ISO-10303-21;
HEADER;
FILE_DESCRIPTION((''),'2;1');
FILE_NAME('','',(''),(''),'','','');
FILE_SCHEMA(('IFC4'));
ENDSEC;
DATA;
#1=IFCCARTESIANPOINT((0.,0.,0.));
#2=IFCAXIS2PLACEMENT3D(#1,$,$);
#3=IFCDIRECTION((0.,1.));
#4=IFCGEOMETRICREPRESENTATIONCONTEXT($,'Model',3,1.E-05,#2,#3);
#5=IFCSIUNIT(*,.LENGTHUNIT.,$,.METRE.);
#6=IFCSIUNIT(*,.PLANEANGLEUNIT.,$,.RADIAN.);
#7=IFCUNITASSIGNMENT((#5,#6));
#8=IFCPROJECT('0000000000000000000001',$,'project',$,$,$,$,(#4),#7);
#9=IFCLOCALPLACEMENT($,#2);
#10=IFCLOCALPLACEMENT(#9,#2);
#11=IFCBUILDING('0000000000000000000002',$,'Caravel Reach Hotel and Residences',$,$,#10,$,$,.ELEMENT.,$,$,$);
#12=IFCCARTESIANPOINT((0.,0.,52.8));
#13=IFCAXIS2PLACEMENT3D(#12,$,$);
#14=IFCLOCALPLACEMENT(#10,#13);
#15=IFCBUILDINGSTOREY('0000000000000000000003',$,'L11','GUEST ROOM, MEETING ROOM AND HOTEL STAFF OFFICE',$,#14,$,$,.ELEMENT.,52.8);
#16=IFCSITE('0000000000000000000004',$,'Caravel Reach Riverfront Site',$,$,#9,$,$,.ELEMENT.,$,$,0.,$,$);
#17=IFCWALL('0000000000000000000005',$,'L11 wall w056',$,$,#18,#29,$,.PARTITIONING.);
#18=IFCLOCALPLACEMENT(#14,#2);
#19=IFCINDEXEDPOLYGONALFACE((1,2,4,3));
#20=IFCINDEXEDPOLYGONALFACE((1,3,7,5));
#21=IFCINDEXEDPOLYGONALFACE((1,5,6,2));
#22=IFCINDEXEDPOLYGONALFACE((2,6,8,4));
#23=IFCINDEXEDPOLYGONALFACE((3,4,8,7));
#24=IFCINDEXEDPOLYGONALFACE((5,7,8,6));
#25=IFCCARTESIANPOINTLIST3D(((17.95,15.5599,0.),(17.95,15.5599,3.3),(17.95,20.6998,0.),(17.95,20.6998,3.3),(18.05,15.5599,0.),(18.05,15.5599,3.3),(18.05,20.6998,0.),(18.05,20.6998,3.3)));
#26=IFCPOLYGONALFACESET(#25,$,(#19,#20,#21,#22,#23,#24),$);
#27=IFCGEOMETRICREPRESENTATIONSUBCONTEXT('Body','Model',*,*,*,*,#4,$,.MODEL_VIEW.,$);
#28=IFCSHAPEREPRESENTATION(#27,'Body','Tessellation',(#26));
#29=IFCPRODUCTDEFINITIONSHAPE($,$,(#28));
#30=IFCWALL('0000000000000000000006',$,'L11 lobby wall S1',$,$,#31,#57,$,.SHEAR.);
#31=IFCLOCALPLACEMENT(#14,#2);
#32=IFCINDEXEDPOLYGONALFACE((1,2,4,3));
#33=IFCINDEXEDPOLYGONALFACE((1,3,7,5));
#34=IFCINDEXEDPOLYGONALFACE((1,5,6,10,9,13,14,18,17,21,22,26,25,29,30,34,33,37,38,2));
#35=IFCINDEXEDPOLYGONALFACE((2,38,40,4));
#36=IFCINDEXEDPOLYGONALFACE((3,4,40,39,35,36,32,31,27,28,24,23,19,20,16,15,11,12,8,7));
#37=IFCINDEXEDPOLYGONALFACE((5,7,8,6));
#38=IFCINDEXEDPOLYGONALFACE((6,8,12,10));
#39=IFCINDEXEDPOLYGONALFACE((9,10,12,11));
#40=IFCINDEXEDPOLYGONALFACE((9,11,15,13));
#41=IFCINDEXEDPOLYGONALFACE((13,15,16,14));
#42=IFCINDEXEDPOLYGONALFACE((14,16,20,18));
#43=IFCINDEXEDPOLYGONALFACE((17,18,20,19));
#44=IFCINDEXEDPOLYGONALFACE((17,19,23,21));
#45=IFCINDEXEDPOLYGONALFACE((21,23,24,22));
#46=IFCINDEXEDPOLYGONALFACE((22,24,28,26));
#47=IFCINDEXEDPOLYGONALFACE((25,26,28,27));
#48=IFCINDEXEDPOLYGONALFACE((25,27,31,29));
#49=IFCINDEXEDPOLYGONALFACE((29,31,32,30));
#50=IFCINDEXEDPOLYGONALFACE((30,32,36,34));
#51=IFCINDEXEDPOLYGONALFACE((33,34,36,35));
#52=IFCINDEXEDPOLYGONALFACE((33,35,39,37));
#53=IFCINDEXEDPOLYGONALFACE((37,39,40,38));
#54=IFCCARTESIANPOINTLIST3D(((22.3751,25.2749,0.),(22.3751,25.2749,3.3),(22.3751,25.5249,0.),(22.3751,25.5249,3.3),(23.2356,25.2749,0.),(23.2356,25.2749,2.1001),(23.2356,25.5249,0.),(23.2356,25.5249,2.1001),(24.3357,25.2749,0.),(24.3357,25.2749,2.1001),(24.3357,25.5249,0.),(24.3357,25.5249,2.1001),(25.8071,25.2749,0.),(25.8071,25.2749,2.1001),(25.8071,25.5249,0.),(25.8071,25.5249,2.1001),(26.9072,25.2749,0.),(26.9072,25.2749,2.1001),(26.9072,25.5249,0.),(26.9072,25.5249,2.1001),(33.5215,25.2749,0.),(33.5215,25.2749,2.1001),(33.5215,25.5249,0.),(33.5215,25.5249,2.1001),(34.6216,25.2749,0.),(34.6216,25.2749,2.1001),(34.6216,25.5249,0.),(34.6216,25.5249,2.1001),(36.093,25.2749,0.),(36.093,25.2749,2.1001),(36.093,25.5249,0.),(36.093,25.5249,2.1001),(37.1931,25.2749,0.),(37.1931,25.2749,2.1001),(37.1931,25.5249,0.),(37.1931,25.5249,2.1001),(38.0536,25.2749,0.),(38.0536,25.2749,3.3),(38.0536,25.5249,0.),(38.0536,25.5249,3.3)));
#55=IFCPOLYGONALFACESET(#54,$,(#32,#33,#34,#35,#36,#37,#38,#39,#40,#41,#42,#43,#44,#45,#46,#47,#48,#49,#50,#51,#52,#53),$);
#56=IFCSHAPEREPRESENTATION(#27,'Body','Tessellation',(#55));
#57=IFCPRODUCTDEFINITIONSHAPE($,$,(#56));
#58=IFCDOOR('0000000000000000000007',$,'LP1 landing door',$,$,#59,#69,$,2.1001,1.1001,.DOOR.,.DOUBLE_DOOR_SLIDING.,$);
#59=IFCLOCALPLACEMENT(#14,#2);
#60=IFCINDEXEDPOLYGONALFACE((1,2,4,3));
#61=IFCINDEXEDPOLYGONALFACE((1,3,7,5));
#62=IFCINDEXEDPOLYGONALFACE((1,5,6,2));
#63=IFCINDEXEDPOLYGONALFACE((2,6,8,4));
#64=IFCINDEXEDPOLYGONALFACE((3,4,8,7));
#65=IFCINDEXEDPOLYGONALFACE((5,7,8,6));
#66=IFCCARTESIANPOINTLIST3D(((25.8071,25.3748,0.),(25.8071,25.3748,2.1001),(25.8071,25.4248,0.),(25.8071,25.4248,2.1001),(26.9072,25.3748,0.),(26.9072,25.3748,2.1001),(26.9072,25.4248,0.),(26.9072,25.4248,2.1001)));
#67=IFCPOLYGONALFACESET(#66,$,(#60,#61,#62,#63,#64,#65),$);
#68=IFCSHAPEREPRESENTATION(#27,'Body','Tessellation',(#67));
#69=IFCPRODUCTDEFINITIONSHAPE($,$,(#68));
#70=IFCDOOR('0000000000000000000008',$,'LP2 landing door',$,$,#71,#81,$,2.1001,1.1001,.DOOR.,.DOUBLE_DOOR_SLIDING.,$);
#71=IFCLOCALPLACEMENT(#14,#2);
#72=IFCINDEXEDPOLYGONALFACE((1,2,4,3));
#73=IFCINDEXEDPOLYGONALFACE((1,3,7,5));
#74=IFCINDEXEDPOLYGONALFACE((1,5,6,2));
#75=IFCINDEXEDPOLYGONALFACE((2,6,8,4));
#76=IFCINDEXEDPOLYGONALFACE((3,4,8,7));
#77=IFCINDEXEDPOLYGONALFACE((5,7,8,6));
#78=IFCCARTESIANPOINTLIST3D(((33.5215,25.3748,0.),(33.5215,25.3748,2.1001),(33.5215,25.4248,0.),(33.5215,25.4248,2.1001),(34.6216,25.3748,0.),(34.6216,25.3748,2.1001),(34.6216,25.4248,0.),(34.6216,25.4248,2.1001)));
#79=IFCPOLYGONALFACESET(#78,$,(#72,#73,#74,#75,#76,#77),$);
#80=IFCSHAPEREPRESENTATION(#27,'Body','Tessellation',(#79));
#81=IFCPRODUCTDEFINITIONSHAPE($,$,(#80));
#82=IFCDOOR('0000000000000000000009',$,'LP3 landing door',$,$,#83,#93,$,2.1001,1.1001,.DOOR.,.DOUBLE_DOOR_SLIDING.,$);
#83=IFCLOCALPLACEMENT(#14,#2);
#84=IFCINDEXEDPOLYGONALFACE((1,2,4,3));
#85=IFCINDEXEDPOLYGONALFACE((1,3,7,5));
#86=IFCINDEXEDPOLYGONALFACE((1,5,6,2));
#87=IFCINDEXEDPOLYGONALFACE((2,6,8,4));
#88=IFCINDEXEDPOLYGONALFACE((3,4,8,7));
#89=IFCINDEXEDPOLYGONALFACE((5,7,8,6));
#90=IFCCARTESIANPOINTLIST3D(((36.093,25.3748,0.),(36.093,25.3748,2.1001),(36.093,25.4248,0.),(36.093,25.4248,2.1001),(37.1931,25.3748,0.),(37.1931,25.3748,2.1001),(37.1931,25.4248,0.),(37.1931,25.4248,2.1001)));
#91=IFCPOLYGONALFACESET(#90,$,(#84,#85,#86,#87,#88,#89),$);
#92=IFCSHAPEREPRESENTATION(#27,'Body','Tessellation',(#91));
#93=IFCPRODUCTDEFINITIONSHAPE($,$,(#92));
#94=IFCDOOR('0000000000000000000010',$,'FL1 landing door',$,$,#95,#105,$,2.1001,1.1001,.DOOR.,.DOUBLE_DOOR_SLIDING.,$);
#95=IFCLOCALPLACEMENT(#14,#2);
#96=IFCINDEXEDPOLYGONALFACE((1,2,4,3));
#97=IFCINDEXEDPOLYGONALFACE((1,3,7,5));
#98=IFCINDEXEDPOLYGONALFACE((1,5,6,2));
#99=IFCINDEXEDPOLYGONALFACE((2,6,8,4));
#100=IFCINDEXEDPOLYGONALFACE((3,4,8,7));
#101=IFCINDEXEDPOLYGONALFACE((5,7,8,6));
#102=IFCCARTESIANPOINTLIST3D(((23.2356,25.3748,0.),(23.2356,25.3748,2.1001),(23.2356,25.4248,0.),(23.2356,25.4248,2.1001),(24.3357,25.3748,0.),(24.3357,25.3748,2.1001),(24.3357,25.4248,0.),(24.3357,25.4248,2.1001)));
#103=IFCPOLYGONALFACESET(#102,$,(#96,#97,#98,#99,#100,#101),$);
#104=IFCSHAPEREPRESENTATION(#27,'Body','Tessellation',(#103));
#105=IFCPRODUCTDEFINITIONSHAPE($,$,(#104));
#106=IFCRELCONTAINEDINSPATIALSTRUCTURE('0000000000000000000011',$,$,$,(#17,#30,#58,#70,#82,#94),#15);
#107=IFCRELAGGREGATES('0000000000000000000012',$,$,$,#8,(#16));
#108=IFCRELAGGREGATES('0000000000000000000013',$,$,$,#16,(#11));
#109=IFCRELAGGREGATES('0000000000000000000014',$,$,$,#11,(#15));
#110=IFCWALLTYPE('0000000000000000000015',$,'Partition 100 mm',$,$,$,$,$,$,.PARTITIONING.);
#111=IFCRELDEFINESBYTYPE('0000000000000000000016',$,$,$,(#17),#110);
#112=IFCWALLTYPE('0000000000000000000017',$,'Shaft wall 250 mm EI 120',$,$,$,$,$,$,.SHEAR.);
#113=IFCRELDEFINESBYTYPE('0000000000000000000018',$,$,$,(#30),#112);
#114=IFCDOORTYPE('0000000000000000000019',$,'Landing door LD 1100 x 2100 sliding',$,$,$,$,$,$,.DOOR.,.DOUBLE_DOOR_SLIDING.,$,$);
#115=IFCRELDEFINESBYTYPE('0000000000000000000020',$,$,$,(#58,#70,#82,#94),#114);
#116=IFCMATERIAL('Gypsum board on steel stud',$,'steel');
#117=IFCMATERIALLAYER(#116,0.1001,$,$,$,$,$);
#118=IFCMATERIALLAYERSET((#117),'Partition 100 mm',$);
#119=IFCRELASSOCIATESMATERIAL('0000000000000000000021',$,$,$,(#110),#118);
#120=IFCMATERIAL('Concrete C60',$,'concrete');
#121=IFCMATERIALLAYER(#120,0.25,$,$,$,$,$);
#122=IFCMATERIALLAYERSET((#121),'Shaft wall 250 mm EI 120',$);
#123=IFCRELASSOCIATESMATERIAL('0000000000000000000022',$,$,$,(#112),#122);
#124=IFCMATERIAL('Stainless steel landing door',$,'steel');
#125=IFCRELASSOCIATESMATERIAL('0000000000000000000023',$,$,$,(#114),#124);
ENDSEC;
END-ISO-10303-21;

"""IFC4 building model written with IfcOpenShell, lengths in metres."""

from ifc_helpers import new_model, si_unit, direction, frame, frame_2d, origin, place, context, subcontext, project, spatial, rectangle, extrude, material, layer, layer_set, type_object, element, fill, save


model = new_model("IFC4")

# Units and contexts
model_context = context("Model", 3, precision=1e-05, world=origin(), true_north=direction((0.0, 1.0)))
body_context = subcontext(model_context, "Body", "Model", "MODEL_VIEW")
ifc_project = project(units=[si_unit("LENGTHUNIT", "METRE"), si_unit("PLANEANGLEUNIT", "RADIAN")], contexts=[model_context])

# Site, building, storey
site_placement = place(None, origin())
site = spatial("IfcSite", under=ifc_project, at=site_placement, Name="Caravel Reach Riverfront Site", CompositionType="ELEMENT", RefElevation=0.0)
building_placement = place(site_placement, origin())
building = spatial("IfcBuilding", under=site, at=building_placement, Name="Caravel Reach Hotel and Residences", CompositionType="ELEMENT")
storey_placement = place(building_placement, frame((0.0, 0.0, 52.8)))
storey = spatial("IfcBuildingStorey", under=building, at=storey_placement, Name="L11", Description="GUEST ROOM, MEETING ROOM AND HOTEL STAFF OFFICE", CompositionType="ELEMENT", Elevation=52.8)

# Wall
ifc_material_1 = material(Name="Gypsum board on steel stud", Category="steel")
ifc_layer_1 = layer(ifc_material_1, 0.1001)
ifc_layer_set_1 = layer_set([ifc_layer_1], Name="Partition 100 mm")
wall_type_1 = type_object("IfcWallType", Name="Partition 100 mm", PredefinedType="PARTITIONING", material=ifc_layer_set_1)
wall_1_placement = place(storey_placement, frame((18.0, 15.5601, 0.0), z_axis=(0.0, 0.0, 1.0), x_axis=(0.0, 1.0, 0.0)))
element("IfcWall", 1, at=wall_1_placement, inside=storey, type_object=wall_type_1, Name="L11 wall w056", PredefinedType="PARTITIONING", context=body_context, shape_type="SweptSolid", body=[
    extrude(rectangle(XDim=5.1399, YDim=0.1001, at=frame_2d((2.5698, 0.0))), origin(), (0.0, 0.0, 1.0), 3.3),
])

# Wall, openings, doors
ifc_material_2 = material(Name="Concrete C60", Category="concrete")
ifc_layer_2 = layer(ifc_material_2, 0.25)
ifc_layer_set_2 = layer_set([ifc_layer_2], Name="Shaft wall 250 mm EI 120")
wall_type_2 = type_object("IfcWallType", Name="Shaft wall 250 mm EI 120", PredefinedType="SHEAR", material=ifc_layer_set_2)
wall_2_placement = place(storey_placement, frame((22.375, 25.3999, 0.0), z_axis=(0.0, 0.0, 1.0), x_axis=(1.0, 0.0, 0.0)))
wall_2 = element("IfcWall", 2, at=wall_2_placement, inside=storey, type_object=wall_type_2, Name="L11 lobby wall S1", PredefinedType="SHEAR", context=body_context, shape_type="SweptSolid", body=[
    extrude(rectangle(XDim=15.6785, YDim=0.25, at=frame_2d((7.8394, 0.0))), origin(), (0.0, 0.0, 1.0), 3.3),
])
opening_1_placement = place(wall_2_placement, frame((3.4321, 0.0, 0.0)))
opening_1 = element("IfcOpeningElement", 3, at=opening_1_placement, cuts=wall_2, PredefinedType="OPENING", context=body_context, shape_type="SweptSolid", body=[
    extrude(rectangle(XDim=1.1001, YDim=2.1001, at=frame_2d((0.55, 1.05))), frame((0.0, 0.135, 0.0), z_axis=(0.0, -1.0, 0.0), x_axis=(1.0, 0.0, 0.0)), (0.0, 0.0, 1.0), 0.27),
])
opening_2_placement = place(wall_2_placement, frame((11.1465, 0.0, 0.0)))
opening_2 = element("IfcOpeningElement", 4, at=opening_2_placement, cuts=wall_2, PredefinedType="OPENING", context=body_context, shape_type="SweptSolid", body=[
    extrude(rectangle(XDim=1.1001, YDim=2.1001, at=frame_2d((0.55, 1.05))), frame((0.0, 0.135, 0.0), z_axis=(0.0, -1.0, 0.0), x_axis=(1.0, 0.0, 0.0)), (0.0, 0.0, 1.0), 0.27),
])
opening_3_placement = place(wall_2_placement, frame((13.718, 0.0, 0.0)))
opening_3 = element("IfcOpeningElement", 5, at=opening_3_placement, cuts=wall_2, PredefinedType="OPENING", context=body_context, shape_type="SweptSolid", body=[
    extrude(rectangle(XDim=1.1001, YDim=2.1001, at=frame_2d((0.55, 1.05))), frame((0.0, 0.135, 0.0), z_axis=(0.0, -1.0, 0.0), x_axis=(1.0, 0.0, 0.0)), (0.0, 0.0, 1.0), 0.27),
])
opening_4_placement = place(wall_2_placement, frame((0.8606, 0.0, 0.0)))
opening_4 = element("IfcOpeningElement", 6, at=opening_4_placement, cuts=wall_2, PredefinedType="OPENING", context=body_context, shape_type="SweptSolid", body=[
    extrude(rectangle(XDim=1.1001, YDim=2.1001, at=frame_2d((0.55, 1.05))), frame((0.0, 0.135, 0.0), z_axis=(0.0, -1.0, 0.0), x_axis=(1.0, 0.0, 0.0)), (0.0, 0.0, 1.0), 0.27),
])
ifc_material_3 = material(Name="Stainless steel landing door", Category="steel")
door_type_1 = type_object("IfcDoorType", Name="Landing door LD 1100 x 2100 sliding", OperationType="DOUBLE_DOOR_SLIDING", PredefinedType="DOOR", material=ifc_material_3)
door_1_placement = place(opening_1_placement, origin())
door_1 = element("IfcDoor", 7, at=door_1_placement, inside=storey, type_object=door_type_1, Name="LP1 landing door", OperationType="DOUBLE_DOOR_SLIDING", OverallHeight=2.1001, OverallWidth=1.1001, PredefinedType="DOOR", context=body_context, shape_type="SweptSolid", body=[
    extrude(rectangle(XDim=1.1001, YDim=2.1001, at=frame_2d((0.55, 1.05))), frame((0.0, 0.0249, 0.0), z_axis=(0.0, -1.0, 0.0), x_axis=(1.0, 0.0, 0.0)), (0.0, 0.0, 1.0), 0.05),
])
fill(opening_1, door_1)
door_2_placement = place(opening_2_placement, origin())
door_2 = element("IfcDoor", 8, at=door_2_placement, inside=storey, type_object=door_type_1, Name="LP2 landing door", OperationType="DOUBLE_DOOR_SLIDING", OverallHeight=2.1001, OverallWidth=1.1001, PredefinedType="DOOR", context=body_context, shape_type="SweptSolid", body=[
    extrude(rectangle(XDim=1.1001, YDim=2.1001, at=frame_2d((0.55, 1.05))), frame((0.0, 0.0249, 0.0), z_axis=(0.0, -1.0, 0.0), x_axis=(1.0, 0.0, 0.0)), (0.0, 0.0, 1.0), 0.05),
])
fill(opening_2, door_2)
door_3_placement = place(opening_3_placement, origin())
door_3 = element("IfcDoor", 9, at=door_3_placement, inside=storey, type_object=door_type_1, Name="LP3 landing door", OperationType="DOUBLE_DOOR_SLIDING", OverallHeight=2.1001, OverallWidth=1.1001, PredefinedType="DOOR", context=body_context, shape_type="SweptSolid", body=[
    extrude(rectangle(XDim=1.1001, YDim=2.1001, at=frame_2d((0.55, 1.05))), frame((0.0, 0.0249, 0.0), z_axis=(0.0, -1.0, 0.0), x_axis=(1.0, 0.0, 0.0)), (0.0, 0.0, 1.0), 0.05),
])
fill(opening_3, door_3)
door_4_placement = place(opening_4_placement, origin())
door_4 = element("IfcDoor", 10, at=door_4_placement, inside=storey, type_object=door_type_1, Name="FL1 landing door", OperationType="DOUBLE_DOOR_SLIDING", OverallHeight=2.1001, OverallWidth=1.1001, PredefinedType="DOOR", context=body_context, shape_type="SweptSolid", body=[
    extrude(rectangle(XDim=1.1001, YDim=2.1001, at=frame_2d((0.55, 1.05))), frame((0.0, 0.0249, 0.0), z_axis=(0.0, -1.0, 0.0), x_axis=(1.0, 0.0, 0.0)), (0.0, 0.0, 1.0), 0.05),
])
fill(opening_4, door_4)

save(model, "model.ifc")
